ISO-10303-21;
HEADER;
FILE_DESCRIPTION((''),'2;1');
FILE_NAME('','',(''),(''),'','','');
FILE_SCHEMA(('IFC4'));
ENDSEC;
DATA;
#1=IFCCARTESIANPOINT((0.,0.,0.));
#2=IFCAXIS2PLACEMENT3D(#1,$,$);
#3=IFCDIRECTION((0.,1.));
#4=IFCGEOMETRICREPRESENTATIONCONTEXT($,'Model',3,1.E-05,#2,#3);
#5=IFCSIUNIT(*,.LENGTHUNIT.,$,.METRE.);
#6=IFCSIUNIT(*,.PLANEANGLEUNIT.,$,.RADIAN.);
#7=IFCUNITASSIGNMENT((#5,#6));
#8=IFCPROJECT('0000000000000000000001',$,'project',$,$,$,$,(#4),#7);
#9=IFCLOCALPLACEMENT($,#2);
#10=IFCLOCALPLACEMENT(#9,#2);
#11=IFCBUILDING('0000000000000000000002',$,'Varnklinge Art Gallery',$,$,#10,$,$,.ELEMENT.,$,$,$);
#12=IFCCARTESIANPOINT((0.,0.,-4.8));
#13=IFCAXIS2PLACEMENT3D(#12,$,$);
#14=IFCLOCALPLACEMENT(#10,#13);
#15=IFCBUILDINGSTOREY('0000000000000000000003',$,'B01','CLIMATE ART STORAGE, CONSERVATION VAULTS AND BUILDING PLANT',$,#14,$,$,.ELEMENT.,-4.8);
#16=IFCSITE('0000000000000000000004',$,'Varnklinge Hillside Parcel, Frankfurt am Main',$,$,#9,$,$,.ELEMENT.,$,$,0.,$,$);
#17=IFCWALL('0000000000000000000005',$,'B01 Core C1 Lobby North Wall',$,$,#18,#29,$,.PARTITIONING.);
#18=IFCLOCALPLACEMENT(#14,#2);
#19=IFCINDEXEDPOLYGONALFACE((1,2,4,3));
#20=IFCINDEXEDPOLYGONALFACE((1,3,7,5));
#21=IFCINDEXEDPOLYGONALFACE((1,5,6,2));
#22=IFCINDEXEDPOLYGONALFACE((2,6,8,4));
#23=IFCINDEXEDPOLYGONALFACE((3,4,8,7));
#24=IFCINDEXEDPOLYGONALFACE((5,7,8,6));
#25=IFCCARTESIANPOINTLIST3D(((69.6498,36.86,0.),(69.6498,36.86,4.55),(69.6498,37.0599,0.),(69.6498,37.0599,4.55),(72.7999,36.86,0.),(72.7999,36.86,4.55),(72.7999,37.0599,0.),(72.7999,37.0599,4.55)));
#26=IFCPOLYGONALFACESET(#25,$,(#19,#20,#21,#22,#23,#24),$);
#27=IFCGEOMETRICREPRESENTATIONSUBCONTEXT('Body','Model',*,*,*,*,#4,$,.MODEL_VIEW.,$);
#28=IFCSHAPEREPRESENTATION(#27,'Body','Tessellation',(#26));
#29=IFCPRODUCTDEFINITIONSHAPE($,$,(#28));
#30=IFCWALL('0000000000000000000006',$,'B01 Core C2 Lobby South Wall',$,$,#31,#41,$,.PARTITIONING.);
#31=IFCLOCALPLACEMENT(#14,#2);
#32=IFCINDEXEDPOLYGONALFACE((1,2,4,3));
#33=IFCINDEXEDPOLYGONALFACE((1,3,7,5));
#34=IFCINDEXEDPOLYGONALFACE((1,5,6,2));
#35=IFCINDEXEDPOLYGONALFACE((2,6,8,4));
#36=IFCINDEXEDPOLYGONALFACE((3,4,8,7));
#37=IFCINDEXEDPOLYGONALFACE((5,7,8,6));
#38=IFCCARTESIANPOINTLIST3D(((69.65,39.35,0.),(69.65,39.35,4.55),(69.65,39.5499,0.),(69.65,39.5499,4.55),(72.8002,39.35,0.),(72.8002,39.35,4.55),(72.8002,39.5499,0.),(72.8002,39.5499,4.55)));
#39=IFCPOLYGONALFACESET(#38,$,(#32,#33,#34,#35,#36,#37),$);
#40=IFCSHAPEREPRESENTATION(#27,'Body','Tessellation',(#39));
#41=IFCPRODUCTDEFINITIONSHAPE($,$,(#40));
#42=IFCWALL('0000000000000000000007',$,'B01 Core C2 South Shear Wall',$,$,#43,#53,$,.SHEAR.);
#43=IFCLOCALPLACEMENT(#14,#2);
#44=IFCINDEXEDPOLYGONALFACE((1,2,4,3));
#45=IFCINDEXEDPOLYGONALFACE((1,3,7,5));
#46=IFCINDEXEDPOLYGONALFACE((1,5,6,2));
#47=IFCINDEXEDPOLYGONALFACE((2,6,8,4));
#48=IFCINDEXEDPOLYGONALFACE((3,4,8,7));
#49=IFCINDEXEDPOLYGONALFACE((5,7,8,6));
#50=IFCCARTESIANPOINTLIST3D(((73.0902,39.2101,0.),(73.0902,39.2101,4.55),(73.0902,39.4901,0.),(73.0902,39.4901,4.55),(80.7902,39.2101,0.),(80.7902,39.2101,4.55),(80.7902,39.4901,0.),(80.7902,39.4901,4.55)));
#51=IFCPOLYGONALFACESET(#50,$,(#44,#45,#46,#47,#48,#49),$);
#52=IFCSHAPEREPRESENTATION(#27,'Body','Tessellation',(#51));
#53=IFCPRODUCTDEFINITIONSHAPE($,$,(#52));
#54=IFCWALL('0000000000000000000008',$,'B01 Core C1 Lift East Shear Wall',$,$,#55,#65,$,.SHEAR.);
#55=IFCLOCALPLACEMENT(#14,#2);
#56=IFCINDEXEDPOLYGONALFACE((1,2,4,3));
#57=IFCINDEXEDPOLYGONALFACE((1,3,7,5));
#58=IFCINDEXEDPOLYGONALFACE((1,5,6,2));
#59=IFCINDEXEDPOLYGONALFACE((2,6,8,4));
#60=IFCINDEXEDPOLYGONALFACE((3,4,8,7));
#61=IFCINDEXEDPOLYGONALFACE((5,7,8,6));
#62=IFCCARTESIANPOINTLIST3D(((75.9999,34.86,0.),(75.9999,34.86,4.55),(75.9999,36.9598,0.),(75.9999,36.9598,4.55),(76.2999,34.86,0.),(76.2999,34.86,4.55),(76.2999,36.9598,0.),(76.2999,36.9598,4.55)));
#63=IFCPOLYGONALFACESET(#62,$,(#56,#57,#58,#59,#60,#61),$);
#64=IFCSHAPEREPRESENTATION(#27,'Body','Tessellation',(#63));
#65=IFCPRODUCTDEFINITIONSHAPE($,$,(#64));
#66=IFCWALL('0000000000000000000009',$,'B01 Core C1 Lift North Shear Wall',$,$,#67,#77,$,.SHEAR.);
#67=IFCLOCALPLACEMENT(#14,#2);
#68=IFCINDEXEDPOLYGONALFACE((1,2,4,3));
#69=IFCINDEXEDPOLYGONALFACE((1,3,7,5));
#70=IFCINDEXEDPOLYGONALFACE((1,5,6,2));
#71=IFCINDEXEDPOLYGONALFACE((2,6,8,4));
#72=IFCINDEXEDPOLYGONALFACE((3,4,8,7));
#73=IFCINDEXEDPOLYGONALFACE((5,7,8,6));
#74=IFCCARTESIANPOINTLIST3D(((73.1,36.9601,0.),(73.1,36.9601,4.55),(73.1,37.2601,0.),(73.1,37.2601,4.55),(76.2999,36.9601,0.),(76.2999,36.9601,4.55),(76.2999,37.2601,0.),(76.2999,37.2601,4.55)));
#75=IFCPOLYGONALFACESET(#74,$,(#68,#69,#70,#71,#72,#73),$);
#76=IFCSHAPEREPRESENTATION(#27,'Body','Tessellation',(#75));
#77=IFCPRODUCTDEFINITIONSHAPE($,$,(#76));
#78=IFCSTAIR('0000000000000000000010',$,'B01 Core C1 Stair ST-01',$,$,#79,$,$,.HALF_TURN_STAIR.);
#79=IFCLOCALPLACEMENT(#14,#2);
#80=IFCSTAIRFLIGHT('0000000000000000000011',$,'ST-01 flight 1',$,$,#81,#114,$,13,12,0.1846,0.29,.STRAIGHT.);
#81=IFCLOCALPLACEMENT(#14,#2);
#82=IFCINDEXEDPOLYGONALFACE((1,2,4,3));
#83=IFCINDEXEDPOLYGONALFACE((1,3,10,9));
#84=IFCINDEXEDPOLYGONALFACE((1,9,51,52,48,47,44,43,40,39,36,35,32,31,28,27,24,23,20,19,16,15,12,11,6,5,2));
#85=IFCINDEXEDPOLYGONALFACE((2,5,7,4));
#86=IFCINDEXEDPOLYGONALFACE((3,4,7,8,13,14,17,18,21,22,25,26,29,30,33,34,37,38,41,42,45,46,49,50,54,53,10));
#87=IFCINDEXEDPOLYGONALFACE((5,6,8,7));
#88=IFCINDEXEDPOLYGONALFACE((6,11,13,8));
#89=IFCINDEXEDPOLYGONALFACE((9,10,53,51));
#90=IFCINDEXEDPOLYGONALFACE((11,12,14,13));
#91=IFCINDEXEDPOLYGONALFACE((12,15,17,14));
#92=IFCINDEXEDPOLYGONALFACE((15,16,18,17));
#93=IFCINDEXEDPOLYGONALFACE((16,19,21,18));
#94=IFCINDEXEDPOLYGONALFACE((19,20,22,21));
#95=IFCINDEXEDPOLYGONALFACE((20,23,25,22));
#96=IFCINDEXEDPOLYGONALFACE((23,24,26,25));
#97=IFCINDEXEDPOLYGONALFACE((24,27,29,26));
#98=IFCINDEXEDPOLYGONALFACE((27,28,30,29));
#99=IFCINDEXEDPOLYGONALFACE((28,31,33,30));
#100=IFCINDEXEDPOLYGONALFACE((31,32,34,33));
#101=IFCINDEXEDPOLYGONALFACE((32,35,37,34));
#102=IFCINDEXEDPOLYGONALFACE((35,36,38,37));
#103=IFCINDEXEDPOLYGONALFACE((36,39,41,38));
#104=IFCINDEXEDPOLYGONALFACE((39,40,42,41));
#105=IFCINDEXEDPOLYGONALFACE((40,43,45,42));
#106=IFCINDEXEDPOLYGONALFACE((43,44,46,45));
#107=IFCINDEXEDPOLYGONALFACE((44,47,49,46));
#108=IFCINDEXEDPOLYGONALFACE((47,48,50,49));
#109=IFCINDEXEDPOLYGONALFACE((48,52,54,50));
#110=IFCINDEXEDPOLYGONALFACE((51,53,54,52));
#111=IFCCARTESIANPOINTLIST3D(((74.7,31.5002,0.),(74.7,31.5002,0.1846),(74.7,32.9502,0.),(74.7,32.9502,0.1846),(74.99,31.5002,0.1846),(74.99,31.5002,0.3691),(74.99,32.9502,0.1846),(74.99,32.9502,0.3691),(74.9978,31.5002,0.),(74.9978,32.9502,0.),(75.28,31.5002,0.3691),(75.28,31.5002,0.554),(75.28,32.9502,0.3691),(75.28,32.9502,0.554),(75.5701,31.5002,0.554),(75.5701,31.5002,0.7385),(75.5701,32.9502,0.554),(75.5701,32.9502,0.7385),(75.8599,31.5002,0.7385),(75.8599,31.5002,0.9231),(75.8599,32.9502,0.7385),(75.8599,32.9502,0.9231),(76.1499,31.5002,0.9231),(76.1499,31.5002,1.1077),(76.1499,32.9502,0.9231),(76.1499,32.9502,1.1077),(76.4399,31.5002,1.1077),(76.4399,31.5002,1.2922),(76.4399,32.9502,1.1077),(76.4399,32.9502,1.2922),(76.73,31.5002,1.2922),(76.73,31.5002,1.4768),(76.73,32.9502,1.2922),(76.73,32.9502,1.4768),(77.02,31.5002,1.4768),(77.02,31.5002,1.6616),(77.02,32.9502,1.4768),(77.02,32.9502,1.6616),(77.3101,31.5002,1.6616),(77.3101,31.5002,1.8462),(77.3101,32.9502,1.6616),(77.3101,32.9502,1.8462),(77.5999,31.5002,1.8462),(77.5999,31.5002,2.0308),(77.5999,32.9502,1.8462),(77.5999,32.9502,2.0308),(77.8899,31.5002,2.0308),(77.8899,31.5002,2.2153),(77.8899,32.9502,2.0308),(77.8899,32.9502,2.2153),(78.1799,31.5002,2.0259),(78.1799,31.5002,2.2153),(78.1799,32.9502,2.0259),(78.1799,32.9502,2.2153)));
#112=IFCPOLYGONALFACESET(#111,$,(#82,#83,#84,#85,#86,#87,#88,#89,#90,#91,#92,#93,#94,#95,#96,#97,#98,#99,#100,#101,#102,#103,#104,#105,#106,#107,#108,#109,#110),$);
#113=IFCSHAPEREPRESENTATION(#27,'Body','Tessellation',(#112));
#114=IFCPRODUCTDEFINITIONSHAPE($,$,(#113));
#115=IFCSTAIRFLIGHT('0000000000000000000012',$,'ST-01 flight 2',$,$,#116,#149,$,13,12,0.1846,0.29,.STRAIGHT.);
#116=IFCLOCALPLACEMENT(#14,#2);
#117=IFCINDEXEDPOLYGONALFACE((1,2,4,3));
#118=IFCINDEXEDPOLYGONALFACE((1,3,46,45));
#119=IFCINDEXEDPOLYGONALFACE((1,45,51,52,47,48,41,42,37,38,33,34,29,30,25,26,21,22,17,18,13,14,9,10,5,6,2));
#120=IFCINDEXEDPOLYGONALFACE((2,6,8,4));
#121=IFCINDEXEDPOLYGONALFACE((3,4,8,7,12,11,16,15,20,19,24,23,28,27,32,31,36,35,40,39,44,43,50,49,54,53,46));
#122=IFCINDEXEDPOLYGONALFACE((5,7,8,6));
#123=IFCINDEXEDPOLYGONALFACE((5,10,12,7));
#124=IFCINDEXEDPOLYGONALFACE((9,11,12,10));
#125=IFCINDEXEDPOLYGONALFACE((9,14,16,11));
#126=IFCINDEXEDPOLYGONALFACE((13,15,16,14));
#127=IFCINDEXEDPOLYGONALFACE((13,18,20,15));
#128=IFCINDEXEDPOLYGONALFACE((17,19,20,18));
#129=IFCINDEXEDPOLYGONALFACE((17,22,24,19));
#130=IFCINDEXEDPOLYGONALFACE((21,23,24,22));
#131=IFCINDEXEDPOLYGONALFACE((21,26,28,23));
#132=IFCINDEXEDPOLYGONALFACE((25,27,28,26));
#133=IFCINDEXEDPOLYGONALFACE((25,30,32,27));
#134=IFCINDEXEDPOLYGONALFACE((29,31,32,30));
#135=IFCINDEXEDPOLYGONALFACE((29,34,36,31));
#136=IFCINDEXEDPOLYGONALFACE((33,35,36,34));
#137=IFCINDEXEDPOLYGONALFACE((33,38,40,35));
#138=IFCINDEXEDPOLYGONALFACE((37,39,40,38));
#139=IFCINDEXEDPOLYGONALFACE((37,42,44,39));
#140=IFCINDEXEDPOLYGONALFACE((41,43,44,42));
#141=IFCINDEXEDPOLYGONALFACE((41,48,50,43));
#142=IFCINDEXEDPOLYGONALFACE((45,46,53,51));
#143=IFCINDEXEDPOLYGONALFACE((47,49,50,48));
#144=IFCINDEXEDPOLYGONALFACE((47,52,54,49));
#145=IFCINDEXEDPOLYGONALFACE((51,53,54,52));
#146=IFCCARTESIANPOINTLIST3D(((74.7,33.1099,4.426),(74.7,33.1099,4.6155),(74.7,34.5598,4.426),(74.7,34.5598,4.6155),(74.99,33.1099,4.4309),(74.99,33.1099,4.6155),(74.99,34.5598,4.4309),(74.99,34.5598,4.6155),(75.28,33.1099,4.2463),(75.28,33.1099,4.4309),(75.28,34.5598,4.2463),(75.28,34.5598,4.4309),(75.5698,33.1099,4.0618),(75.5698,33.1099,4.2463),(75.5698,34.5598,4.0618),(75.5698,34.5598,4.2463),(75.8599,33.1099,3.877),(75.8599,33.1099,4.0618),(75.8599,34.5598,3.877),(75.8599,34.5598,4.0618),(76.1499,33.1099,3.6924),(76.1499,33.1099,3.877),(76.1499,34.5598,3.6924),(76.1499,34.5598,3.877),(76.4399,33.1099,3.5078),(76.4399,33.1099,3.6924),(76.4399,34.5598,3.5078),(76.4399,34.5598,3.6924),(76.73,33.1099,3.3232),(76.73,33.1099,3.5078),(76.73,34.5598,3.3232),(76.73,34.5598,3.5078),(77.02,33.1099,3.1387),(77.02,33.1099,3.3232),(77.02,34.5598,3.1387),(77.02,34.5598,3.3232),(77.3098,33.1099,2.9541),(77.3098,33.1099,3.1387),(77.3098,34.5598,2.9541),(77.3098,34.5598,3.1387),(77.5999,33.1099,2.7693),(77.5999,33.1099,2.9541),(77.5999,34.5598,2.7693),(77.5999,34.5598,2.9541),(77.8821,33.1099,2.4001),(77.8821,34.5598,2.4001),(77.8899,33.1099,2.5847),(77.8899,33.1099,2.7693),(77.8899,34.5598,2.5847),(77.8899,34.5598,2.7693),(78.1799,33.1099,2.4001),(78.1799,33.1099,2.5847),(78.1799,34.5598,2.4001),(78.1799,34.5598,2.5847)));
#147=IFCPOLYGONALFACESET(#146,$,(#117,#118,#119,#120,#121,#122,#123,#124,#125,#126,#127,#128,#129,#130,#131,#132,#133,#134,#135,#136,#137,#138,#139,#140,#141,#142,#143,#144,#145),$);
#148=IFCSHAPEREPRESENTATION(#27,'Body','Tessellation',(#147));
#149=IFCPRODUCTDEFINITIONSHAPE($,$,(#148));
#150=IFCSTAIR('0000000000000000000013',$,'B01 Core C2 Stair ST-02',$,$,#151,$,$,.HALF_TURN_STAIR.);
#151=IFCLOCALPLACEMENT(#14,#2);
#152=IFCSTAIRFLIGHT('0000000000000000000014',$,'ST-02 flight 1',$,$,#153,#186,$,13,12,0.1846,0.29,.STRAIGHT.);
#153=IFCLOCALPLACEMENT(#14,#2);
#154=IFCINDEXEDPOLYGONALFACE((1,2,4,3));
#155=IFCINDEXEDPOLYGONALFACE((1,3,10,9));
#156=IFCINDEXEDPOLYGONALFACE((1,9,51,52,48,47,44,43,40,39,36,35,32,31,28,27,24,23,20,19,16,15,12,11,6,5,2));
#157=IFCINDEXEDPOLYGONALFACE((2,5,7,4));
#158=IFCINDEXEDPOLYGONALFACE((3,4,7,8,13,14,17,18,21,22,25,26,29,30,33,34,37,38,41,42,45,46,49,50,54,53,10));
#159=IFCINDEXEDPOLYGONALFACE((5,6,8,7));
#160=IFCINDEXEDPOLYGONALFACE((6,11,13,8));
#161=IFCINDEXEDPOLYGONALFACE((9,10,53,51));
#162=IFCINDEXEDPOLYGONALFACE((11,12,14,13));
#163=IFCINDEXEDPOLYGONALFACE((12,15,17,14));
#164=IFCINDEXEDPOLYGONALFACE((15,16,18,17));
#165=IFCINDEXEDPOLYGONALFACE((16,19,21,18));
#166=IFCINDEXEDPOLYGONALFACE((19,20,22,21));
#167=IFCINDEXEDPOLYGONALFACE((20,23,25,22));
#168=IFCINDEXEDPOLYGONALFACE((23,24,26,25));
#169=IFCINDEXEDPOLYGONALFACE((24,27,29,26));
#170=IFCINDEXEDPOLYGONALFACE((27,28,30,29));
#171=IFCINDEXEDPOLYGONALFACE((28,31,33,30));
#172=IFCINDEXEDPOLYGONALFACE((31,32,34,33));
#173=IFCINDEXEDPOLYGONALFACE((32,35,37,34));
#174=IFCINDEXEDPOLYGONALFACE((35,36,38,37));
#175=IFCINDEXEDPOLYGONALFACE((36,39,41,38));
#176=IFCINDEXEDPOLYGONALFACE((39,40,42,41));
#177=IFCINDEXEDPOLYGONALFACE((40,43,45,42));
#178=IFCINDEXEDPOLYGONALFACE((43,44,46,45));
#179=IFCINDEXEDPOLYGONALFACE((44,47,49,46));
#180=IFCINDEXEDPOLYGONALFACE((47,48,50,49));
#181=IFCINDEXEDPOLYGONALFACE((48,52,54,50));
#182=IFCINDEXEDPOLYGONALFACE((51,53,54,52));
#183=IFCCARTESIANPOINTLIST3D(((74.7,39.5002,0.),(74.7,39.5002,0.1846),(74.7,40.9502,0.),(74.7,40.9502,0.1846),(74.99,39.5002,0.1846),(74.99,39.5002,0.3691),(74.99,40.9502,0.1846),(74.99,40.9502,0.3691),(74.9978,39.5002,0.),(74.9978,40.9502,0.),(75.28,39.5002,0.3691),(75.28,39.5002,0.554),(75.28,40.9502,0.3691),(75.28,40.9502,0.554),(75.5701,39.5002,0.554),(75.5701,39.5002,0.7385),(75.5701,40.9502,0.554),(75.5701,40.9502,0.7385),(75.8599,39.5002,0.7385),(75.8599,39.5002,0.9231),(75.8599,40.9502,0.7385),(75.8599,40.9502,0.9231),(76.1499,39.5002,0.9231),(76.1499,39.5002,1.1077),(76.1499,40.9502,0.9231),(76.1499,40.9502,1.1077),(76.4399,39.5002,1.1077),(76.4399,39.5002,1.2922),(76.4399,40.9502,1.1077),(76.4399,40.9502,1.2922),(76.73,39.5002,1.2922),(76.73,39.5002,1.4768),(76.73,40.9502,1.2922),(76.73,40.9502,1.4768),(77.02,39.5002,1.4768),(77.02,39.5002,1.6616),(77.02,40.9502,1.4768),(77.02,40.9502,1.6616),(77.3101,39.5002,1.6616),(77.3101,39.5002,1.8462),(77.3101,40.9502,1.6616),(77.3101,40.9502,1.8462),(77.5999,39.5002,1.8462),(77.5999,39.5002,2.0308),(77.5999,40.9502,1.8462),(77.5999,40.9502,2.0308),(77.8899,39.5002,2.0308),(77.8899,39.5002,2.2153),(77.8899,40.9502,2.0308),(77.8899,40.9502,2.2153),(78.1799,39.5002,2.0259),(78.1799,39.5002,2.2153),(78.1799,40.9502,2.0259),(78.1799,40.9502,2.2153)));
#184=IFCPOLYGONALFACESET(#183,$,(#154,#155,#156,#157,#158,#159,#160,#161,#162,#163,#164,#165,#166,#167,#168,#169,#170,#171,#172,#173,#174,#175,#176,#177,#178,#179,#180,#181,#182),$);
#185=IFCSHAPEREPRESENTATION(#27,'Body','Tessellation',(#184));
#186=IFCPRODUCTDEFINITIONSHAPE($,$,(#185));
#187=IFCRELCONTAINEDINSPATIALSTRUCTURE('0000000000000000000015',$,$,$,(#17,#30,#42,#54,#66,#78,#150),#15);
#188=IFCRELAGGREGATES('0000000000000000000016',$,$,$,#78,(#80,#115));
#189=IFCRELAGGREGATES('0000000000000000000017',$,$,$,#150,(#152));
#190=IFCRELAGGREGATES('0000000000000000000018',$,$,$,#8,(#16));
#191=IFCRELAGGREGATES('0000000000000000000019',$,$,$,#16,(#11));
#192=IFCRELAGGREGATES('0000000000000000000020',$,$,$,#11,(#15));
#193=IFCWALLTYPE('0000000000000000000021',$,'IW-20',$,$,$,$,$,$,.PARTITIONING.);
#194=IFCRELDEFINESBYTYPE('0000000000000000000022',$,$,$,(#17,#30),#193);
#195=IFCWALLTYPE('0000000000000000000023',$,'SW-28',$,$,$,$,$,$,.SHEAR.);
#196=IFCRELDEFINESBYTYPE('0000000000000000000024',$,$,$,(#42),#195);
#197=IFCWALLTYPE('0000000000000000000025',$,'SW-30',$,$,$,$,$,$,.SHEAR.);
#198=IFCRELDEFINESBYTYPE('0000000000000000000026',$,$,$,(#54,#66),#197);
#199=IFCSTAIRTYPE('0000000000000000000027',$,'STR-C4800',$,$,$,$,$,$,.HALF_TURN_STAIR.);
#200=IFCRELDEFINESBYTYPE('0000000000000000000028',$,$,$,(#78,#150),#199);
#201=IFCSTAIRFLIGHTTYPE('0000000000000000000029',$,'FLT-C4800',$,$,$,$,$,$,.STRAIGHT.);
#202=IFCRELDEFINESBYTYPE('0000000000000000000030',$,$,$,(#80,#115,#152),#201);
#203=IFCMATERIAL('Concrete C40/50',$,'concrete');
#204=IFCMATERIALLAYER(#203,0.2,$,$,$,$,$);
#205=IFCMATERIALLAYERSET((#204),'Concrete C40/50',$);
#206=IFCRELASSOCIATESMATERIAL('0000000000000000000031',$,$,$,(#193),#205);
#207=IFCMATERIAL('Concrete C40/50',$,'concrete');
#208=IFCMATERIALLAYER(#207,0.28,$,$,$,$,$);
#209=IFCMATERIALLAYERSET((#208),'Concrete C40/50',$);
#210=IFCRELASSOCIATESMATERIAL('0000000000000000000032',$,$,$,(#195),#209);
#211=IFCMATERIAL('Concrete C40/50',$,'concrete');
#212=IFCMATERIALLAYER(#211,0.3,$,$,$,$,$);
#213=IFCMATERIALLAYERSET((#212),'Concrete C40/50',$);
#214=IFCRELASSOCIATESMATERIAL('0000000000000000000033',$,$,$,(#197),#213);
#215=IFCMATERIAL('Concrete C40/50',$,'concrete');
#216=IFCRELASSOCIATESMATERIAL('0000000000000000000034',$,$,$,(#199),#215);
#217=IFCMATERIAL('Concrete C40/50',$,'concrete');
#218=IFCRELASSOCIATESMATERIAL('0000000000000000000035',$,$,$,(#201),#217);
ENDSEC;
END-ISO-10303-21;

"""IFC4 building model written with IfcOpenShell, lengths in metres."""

from ifc_helpers import new_model, si_unit, direction, frame, frame_2d, origin, place, context, subcontext, project, spatial, polyline, rectangle, outline, extrude, material, layer, layer_set, type_object, element, aggregate, save


model = new_model("IFC4")

# Units and contexts
model_context = context("Model", 3, precision=1e-05, world=origin(), true_north=direction((0.0, 1.0)))
body_context = subcontext(model_context, "Body", "Model", "MODEL_VIEW")
ifc_project = project(units=[si_unit("LENGTHUNIT", "METRE"), si_unit("PLANEANGLEUNIT", "RADIAN")], contexts=[model_context])

# Site, building, storey
site_placement = place(None, origin())
site = spatial("IfcSite", under=ifc_project, at=site_placement, Name="Varnklinge Hillside Parcel, Frankfurt am Main", CompositionType="ELEMENT", RefElevation=0.0)
building_placement = place(site_placement, origin())
building = spatial("IfcBuilding", under=site, at=building_placement, Name="Varnklinge Art Gallery", CompositionType="ELEMENT")
storey_placement = place(building_placement, frame((0.0, 0.0, -4.8)))
storey = spatial("IfcBuildingStorey", under=building, at=storey_placement, Name="B01", Description="CLIMATE ART STORAGE, CONSERVATION VAULTS AND BUILDING PLANT", CompositionType="ELEMENT", Elevation=-4.8)

# Walls
ifc_material_1 = material(Name="Concrete C40/50", Category="concrete")
ifc_layer_1 = layer(ifc_material_1, 0.2)
ifc_layer_set_1 = layer_set([ifc_layer_1], Name="Concrete C40/50")
wall_type_1 = type_object("IfcWallType", Name="IW-20", PredefinedType="PARTITIONING", material=ifc_layer_set_1)
for number, where, z_axis, x_axis, name in (
    (1, (72.8, 36.96, 0.0), (0.0, 0.0, 1.0), (-1.0, 0.0, 0.0), "B01 Core C1 Lobby North Wall"),
    (2, (69.6499, 39.45, 0.0), (0.0, 0.0, 1.0), (1.0, 0.0, 0.0), "B01 Core C2 Lobby South Wall"),
):
    element("IfcWall", number, at=place(storey_placement, frame(where, z_axis=z_axis, x_axis=x_axis)), inside=storey, type_object=wall_type_1, Name=name, PredefinedType="PARTITIONING", context=body_context, shape_type="SweptSolid", body=[
        extrude(rectangle(XDim=3.1501, YDim=0.2, at=frame_2d((1.5752, 0.0))), origin(), (0.0, 0.0, 1.0), 4.55),
    ])

# Walls
ifc_material_2 = material(Name="Concrete C40/50", Category="concrete")
ifc_layer_2 = layer(ifc_material_2, 0.28)
ifc_layer_set_2 = layer_set([ifc_layer_2], Name="Concrete C40/50")
wall_type_2 = type_object("IfcWallType", Name="SW-28", PredefinedType="SHEAR", material=ifc_layer_set_2)
wall_1_placement = place(storey_placement, frame((73.0901, 39.3501, 0.0), z_axis=(0.0, 0.0, 1.0), x_axis=(1.0, 0.0, 0.0)))
element("IfcWall", 3, at=wall_1_placement, inside=storey, type_object=wall_type_2, Name="B01 Core C2 South Shear Wall", PredefinedType="SHEAR", context=body_context, shape_type="SweptSolid", body=[
    extrude(rectangle(XDim=7.7, YDim=0.28, at=frame_2d((3.8501, 0.0))), origin(), (0.0, 0.0, 1.0), 4.55),
])
ifc_material_3 = material(Name="Concrete C40/50", Category="concrete")
ifc_layer_3 = layer(ifc_material_3, 0.3)
ifc_layer_set_3 = layer_set([ifc_layer_3], Name="Concrete C40/50")
wall_type_3 = type_object("IfcWallType", Name="SW-30", PredefinedType="SHEAR", material=ifc_layer_set_3)
wall_2_placement = place(storey_placement, frame((76.1499, 34.8601, 0.0), z_axis=(0.0, 0.0, 1.0), x_axis=(0.0, 1.0, 0.0)))
element("IfcWall", 4, at=wall_2_placement, inside=storey, type_object=wall_type_3, Name="B01 Core C1 Lift East Shear Wall", PredefinedType="SHEAR", context=body_context, shape_type="SweptSolid", body=[
    extrude(rectangle(XDim=2.0999, YDim=0.3, at=frame_2d((1.0498, 0.0))), origin(), (0.0, 0.0, 1.0), 4.55),
])
wall_3_placement = place(storey_placement, frame((76.3, 37.1101, 0.0), z_axis=(0.0, 0.0, 1.0), x_axis=(-1.0, 0.0, 0.0)))
element("IfcWall", 5, at=wall_3_placement, inside=storey, type_object=wall_type_3, Name="B01 Core C1 Lift North Shear Wall", PredefinedType="SHEAR", context=body_context, shape_type="SweptSolid", body=[
    extrude(rectangle(XDim=3.2, YDim=0.3, at=frame_2d((1.6001, 0.0))), origin(), (0.0, 0.0, 1.0), 4.55),
])

# Stair, stair flights
ifc_material_4 = material(Name="Concrete C40/50", Category="concrete")
stair_type = type_object("IfcStairType", Name="STR-C4800", PredefinedType="HALF_TURN_STAIR", material=ifc_material_4)
stair_1_placement = place(storey_placement, origin())
stair_1 = element("IfcStair", 6, at=stair_1_placement, inside=storey, type_object=stair_type, Name="B01 Core C1 Stair ST-01", PredefinedType="HALF_TURN_STAIR")
ifc_material_5 = material(Name="Concrete C40/50", Category="concrete")
stair_flight_type = type_object("IfcStairFlightType", Name="FLT-C4800", PredefinedType="STRAIGHT", material=ifc_material_5)
stair_flight_1_placement = place(storey_placement, frame((74.7, 32.2251, 0.0), z_axis=(0.0, 0.0, 1.0), x_axis=(1.0, 0.0, 0.0)))
stair_flight_1 = element("IfcStairFlight", 7, at=stair_flight_1_placement, type_object=stair_flight_type, Name="ST-01 flight 1", NumberOfRisers=13, NumberOfTreads=12, PredefinedType="STRAIGHT", RiserHeight=0.1846, TreadLength=0.29, context=body_context, shape_type="SweptSolid", body=[
    extrude(outline(polyline([(0.0, 0.0), (0.0, 0.1846), (0.29, 0.1846), (0.29, 0.3691), (0.5801, 0.3691), (0.5801, 0.554), (0.8701, 0.554), (0.8701, 0.7385), (1.1599, 0.7385), (1.1599, 0.9231), (1.45, 0.9231), (1.45, 1.1077), (1.74, 1.1077), (1.74, 1.2922), (2.03, 1.2922), (2.03, 1.4768), (2.3201, 1.4768), (2.3201, 1.6616), (2.6101, 1.6616), (2.6101, 1.8462), (2.8999, 1.8462), (2.8999, 2.0308), (3.1899, 2.0308), (3.1899, 2.2153), (3.48, 2.2153), (3.48, 2.3999), (3.48, 2.0259), (0.2979, 0.0), (0.0, 0.0)])), frame((0.0, 0.7251, 0.0), z_axis=(0.0, -1.0, 0.0), x_axis=(1.0, 0.0, 0.0)), (0.0, 0.0, 1.0), 1.45),
])
stair_flight_2_placement = place(storey_placement, frame((78.1799, 33.835, 2.4001), z_axis=(0.0, 0.0, 1.0), x_axis=(-1.0, 0.0, 0.0)))
stair_flight_2 = element("IfcStairFlight", 8, at=stair_flight_2_placement, type_object=stair_flight_type, Name="ST-01 flight 2", NumberOfRisers=13, NumberOfTreads=12, PredefinedType="STRAIGHT", RiserHeight=0.1846, TreadLength=0.29, context=body_context, shape_type="SweptSolid", body=[
    extrude(outline(polyline([(0.0, 0.0), (0.0, 0.1846), (0.29, 0.1846), (0.29, 0.3691), (0.5801, 0.3691), (0.5801, 0.554), (0.8701, 0.554), (0.8701, 0.7385), (1.1599, 0.7385), (1.1599, 0.9231), (1.45, 0.9231), (1.45, 1.1077), (1.74, 1.1077), (1.74, 1.2922), (2.03, 1.2922), (2.03, 1.4768), (2.3201, 1.4768), (2.3201, 1.6616), (2.6101, 1.6616), (2.6101, 1.8462), (2.8999, 1.8462), (2.8999, 2.0308), (3.1899, 2.0308), (3.1899, 2.2153), (3.48, 2.2153), (3.48, 2.3999), (3.48, 2.0259), (0.2979, 0.0), (0.0, 0.0)])), frame((0.0, 0.7251, 0.0), z_axis=(0.0, -1.0, 0.0), x_axis=(1.0, 0.0, 0.0)), (0.0, 0.0, 1.0), 1.45),
])
aggregate(stair_1, [stair_flight_1, stair_flight_2])

# Stair, stair flight
stair_2_placement = place(storey_placement, origin())
stair_2 = element("IfcStair", 9, at=stair_2_placement, inside=storey, type_object=stair_type, Name="B01 Core C2 Stair ST-02", PredefinedType="HALF_TURN_STAIR")
stair_flight_3_placement = place(storey_placement, frame((74.7, 40.2251, 0.0), z_axis=(0.0, 0.0, 1.0), x_axis=(1.0, 0.0, 0.0)))
stair_flight_3 = element("IfcStairFlight", 10, at=stair_flight_3_placement, type_object=stair_flight_type, Name="ST-02 flight 1", NumberOfRisers=13, NumberOfTreads=12, PredefinedType="STRAIGHT", RiserHeight=0.1846, TreadLength=0.29, context=body_context, shape_type="SweptSolid", body=[
    extrude(outline(polyline([(0.0, 0.0), (0.0, 0.1846), (0.29, 0.1846), (0.29, 0.3691), (0.5801, 0.3691), (0.5801, 0.554), (0.8701, 0.554), (0.8701, 0.7385), (1.1599, 0.7385), (1.1599, 0.9231), (1.45, 0.9231), (1.45, 1.1077), (1.74, 1.1077), (1.74, 1.2922), (2.03, 1.2922), (2.03, 1.4768), (2.3201, 1.4768), (2.3201, 1.6616), (2.6101, 1.6616), (2.6101, 1.8462), (2.8999, 1.8462), (2.8999, 2.0308), (3.1899, 2.0308), (3.1899, 2.2153), (3.48, 2.2153), (3.48, 2.3999), (3.48, 2.0259), (0.2979, 0.0), (0.0, 0.0)])), frame((0.0, 0.7251, 0.0), z_axis=(0.0, -1.0, 0.0), x_axis=(1.0, 0.0, 0.0)), (0.0, 0.0, 1.0), 1.45),
])
aggregate(stair_2, [stair_flight_3])

save(model, "model.ifc")
